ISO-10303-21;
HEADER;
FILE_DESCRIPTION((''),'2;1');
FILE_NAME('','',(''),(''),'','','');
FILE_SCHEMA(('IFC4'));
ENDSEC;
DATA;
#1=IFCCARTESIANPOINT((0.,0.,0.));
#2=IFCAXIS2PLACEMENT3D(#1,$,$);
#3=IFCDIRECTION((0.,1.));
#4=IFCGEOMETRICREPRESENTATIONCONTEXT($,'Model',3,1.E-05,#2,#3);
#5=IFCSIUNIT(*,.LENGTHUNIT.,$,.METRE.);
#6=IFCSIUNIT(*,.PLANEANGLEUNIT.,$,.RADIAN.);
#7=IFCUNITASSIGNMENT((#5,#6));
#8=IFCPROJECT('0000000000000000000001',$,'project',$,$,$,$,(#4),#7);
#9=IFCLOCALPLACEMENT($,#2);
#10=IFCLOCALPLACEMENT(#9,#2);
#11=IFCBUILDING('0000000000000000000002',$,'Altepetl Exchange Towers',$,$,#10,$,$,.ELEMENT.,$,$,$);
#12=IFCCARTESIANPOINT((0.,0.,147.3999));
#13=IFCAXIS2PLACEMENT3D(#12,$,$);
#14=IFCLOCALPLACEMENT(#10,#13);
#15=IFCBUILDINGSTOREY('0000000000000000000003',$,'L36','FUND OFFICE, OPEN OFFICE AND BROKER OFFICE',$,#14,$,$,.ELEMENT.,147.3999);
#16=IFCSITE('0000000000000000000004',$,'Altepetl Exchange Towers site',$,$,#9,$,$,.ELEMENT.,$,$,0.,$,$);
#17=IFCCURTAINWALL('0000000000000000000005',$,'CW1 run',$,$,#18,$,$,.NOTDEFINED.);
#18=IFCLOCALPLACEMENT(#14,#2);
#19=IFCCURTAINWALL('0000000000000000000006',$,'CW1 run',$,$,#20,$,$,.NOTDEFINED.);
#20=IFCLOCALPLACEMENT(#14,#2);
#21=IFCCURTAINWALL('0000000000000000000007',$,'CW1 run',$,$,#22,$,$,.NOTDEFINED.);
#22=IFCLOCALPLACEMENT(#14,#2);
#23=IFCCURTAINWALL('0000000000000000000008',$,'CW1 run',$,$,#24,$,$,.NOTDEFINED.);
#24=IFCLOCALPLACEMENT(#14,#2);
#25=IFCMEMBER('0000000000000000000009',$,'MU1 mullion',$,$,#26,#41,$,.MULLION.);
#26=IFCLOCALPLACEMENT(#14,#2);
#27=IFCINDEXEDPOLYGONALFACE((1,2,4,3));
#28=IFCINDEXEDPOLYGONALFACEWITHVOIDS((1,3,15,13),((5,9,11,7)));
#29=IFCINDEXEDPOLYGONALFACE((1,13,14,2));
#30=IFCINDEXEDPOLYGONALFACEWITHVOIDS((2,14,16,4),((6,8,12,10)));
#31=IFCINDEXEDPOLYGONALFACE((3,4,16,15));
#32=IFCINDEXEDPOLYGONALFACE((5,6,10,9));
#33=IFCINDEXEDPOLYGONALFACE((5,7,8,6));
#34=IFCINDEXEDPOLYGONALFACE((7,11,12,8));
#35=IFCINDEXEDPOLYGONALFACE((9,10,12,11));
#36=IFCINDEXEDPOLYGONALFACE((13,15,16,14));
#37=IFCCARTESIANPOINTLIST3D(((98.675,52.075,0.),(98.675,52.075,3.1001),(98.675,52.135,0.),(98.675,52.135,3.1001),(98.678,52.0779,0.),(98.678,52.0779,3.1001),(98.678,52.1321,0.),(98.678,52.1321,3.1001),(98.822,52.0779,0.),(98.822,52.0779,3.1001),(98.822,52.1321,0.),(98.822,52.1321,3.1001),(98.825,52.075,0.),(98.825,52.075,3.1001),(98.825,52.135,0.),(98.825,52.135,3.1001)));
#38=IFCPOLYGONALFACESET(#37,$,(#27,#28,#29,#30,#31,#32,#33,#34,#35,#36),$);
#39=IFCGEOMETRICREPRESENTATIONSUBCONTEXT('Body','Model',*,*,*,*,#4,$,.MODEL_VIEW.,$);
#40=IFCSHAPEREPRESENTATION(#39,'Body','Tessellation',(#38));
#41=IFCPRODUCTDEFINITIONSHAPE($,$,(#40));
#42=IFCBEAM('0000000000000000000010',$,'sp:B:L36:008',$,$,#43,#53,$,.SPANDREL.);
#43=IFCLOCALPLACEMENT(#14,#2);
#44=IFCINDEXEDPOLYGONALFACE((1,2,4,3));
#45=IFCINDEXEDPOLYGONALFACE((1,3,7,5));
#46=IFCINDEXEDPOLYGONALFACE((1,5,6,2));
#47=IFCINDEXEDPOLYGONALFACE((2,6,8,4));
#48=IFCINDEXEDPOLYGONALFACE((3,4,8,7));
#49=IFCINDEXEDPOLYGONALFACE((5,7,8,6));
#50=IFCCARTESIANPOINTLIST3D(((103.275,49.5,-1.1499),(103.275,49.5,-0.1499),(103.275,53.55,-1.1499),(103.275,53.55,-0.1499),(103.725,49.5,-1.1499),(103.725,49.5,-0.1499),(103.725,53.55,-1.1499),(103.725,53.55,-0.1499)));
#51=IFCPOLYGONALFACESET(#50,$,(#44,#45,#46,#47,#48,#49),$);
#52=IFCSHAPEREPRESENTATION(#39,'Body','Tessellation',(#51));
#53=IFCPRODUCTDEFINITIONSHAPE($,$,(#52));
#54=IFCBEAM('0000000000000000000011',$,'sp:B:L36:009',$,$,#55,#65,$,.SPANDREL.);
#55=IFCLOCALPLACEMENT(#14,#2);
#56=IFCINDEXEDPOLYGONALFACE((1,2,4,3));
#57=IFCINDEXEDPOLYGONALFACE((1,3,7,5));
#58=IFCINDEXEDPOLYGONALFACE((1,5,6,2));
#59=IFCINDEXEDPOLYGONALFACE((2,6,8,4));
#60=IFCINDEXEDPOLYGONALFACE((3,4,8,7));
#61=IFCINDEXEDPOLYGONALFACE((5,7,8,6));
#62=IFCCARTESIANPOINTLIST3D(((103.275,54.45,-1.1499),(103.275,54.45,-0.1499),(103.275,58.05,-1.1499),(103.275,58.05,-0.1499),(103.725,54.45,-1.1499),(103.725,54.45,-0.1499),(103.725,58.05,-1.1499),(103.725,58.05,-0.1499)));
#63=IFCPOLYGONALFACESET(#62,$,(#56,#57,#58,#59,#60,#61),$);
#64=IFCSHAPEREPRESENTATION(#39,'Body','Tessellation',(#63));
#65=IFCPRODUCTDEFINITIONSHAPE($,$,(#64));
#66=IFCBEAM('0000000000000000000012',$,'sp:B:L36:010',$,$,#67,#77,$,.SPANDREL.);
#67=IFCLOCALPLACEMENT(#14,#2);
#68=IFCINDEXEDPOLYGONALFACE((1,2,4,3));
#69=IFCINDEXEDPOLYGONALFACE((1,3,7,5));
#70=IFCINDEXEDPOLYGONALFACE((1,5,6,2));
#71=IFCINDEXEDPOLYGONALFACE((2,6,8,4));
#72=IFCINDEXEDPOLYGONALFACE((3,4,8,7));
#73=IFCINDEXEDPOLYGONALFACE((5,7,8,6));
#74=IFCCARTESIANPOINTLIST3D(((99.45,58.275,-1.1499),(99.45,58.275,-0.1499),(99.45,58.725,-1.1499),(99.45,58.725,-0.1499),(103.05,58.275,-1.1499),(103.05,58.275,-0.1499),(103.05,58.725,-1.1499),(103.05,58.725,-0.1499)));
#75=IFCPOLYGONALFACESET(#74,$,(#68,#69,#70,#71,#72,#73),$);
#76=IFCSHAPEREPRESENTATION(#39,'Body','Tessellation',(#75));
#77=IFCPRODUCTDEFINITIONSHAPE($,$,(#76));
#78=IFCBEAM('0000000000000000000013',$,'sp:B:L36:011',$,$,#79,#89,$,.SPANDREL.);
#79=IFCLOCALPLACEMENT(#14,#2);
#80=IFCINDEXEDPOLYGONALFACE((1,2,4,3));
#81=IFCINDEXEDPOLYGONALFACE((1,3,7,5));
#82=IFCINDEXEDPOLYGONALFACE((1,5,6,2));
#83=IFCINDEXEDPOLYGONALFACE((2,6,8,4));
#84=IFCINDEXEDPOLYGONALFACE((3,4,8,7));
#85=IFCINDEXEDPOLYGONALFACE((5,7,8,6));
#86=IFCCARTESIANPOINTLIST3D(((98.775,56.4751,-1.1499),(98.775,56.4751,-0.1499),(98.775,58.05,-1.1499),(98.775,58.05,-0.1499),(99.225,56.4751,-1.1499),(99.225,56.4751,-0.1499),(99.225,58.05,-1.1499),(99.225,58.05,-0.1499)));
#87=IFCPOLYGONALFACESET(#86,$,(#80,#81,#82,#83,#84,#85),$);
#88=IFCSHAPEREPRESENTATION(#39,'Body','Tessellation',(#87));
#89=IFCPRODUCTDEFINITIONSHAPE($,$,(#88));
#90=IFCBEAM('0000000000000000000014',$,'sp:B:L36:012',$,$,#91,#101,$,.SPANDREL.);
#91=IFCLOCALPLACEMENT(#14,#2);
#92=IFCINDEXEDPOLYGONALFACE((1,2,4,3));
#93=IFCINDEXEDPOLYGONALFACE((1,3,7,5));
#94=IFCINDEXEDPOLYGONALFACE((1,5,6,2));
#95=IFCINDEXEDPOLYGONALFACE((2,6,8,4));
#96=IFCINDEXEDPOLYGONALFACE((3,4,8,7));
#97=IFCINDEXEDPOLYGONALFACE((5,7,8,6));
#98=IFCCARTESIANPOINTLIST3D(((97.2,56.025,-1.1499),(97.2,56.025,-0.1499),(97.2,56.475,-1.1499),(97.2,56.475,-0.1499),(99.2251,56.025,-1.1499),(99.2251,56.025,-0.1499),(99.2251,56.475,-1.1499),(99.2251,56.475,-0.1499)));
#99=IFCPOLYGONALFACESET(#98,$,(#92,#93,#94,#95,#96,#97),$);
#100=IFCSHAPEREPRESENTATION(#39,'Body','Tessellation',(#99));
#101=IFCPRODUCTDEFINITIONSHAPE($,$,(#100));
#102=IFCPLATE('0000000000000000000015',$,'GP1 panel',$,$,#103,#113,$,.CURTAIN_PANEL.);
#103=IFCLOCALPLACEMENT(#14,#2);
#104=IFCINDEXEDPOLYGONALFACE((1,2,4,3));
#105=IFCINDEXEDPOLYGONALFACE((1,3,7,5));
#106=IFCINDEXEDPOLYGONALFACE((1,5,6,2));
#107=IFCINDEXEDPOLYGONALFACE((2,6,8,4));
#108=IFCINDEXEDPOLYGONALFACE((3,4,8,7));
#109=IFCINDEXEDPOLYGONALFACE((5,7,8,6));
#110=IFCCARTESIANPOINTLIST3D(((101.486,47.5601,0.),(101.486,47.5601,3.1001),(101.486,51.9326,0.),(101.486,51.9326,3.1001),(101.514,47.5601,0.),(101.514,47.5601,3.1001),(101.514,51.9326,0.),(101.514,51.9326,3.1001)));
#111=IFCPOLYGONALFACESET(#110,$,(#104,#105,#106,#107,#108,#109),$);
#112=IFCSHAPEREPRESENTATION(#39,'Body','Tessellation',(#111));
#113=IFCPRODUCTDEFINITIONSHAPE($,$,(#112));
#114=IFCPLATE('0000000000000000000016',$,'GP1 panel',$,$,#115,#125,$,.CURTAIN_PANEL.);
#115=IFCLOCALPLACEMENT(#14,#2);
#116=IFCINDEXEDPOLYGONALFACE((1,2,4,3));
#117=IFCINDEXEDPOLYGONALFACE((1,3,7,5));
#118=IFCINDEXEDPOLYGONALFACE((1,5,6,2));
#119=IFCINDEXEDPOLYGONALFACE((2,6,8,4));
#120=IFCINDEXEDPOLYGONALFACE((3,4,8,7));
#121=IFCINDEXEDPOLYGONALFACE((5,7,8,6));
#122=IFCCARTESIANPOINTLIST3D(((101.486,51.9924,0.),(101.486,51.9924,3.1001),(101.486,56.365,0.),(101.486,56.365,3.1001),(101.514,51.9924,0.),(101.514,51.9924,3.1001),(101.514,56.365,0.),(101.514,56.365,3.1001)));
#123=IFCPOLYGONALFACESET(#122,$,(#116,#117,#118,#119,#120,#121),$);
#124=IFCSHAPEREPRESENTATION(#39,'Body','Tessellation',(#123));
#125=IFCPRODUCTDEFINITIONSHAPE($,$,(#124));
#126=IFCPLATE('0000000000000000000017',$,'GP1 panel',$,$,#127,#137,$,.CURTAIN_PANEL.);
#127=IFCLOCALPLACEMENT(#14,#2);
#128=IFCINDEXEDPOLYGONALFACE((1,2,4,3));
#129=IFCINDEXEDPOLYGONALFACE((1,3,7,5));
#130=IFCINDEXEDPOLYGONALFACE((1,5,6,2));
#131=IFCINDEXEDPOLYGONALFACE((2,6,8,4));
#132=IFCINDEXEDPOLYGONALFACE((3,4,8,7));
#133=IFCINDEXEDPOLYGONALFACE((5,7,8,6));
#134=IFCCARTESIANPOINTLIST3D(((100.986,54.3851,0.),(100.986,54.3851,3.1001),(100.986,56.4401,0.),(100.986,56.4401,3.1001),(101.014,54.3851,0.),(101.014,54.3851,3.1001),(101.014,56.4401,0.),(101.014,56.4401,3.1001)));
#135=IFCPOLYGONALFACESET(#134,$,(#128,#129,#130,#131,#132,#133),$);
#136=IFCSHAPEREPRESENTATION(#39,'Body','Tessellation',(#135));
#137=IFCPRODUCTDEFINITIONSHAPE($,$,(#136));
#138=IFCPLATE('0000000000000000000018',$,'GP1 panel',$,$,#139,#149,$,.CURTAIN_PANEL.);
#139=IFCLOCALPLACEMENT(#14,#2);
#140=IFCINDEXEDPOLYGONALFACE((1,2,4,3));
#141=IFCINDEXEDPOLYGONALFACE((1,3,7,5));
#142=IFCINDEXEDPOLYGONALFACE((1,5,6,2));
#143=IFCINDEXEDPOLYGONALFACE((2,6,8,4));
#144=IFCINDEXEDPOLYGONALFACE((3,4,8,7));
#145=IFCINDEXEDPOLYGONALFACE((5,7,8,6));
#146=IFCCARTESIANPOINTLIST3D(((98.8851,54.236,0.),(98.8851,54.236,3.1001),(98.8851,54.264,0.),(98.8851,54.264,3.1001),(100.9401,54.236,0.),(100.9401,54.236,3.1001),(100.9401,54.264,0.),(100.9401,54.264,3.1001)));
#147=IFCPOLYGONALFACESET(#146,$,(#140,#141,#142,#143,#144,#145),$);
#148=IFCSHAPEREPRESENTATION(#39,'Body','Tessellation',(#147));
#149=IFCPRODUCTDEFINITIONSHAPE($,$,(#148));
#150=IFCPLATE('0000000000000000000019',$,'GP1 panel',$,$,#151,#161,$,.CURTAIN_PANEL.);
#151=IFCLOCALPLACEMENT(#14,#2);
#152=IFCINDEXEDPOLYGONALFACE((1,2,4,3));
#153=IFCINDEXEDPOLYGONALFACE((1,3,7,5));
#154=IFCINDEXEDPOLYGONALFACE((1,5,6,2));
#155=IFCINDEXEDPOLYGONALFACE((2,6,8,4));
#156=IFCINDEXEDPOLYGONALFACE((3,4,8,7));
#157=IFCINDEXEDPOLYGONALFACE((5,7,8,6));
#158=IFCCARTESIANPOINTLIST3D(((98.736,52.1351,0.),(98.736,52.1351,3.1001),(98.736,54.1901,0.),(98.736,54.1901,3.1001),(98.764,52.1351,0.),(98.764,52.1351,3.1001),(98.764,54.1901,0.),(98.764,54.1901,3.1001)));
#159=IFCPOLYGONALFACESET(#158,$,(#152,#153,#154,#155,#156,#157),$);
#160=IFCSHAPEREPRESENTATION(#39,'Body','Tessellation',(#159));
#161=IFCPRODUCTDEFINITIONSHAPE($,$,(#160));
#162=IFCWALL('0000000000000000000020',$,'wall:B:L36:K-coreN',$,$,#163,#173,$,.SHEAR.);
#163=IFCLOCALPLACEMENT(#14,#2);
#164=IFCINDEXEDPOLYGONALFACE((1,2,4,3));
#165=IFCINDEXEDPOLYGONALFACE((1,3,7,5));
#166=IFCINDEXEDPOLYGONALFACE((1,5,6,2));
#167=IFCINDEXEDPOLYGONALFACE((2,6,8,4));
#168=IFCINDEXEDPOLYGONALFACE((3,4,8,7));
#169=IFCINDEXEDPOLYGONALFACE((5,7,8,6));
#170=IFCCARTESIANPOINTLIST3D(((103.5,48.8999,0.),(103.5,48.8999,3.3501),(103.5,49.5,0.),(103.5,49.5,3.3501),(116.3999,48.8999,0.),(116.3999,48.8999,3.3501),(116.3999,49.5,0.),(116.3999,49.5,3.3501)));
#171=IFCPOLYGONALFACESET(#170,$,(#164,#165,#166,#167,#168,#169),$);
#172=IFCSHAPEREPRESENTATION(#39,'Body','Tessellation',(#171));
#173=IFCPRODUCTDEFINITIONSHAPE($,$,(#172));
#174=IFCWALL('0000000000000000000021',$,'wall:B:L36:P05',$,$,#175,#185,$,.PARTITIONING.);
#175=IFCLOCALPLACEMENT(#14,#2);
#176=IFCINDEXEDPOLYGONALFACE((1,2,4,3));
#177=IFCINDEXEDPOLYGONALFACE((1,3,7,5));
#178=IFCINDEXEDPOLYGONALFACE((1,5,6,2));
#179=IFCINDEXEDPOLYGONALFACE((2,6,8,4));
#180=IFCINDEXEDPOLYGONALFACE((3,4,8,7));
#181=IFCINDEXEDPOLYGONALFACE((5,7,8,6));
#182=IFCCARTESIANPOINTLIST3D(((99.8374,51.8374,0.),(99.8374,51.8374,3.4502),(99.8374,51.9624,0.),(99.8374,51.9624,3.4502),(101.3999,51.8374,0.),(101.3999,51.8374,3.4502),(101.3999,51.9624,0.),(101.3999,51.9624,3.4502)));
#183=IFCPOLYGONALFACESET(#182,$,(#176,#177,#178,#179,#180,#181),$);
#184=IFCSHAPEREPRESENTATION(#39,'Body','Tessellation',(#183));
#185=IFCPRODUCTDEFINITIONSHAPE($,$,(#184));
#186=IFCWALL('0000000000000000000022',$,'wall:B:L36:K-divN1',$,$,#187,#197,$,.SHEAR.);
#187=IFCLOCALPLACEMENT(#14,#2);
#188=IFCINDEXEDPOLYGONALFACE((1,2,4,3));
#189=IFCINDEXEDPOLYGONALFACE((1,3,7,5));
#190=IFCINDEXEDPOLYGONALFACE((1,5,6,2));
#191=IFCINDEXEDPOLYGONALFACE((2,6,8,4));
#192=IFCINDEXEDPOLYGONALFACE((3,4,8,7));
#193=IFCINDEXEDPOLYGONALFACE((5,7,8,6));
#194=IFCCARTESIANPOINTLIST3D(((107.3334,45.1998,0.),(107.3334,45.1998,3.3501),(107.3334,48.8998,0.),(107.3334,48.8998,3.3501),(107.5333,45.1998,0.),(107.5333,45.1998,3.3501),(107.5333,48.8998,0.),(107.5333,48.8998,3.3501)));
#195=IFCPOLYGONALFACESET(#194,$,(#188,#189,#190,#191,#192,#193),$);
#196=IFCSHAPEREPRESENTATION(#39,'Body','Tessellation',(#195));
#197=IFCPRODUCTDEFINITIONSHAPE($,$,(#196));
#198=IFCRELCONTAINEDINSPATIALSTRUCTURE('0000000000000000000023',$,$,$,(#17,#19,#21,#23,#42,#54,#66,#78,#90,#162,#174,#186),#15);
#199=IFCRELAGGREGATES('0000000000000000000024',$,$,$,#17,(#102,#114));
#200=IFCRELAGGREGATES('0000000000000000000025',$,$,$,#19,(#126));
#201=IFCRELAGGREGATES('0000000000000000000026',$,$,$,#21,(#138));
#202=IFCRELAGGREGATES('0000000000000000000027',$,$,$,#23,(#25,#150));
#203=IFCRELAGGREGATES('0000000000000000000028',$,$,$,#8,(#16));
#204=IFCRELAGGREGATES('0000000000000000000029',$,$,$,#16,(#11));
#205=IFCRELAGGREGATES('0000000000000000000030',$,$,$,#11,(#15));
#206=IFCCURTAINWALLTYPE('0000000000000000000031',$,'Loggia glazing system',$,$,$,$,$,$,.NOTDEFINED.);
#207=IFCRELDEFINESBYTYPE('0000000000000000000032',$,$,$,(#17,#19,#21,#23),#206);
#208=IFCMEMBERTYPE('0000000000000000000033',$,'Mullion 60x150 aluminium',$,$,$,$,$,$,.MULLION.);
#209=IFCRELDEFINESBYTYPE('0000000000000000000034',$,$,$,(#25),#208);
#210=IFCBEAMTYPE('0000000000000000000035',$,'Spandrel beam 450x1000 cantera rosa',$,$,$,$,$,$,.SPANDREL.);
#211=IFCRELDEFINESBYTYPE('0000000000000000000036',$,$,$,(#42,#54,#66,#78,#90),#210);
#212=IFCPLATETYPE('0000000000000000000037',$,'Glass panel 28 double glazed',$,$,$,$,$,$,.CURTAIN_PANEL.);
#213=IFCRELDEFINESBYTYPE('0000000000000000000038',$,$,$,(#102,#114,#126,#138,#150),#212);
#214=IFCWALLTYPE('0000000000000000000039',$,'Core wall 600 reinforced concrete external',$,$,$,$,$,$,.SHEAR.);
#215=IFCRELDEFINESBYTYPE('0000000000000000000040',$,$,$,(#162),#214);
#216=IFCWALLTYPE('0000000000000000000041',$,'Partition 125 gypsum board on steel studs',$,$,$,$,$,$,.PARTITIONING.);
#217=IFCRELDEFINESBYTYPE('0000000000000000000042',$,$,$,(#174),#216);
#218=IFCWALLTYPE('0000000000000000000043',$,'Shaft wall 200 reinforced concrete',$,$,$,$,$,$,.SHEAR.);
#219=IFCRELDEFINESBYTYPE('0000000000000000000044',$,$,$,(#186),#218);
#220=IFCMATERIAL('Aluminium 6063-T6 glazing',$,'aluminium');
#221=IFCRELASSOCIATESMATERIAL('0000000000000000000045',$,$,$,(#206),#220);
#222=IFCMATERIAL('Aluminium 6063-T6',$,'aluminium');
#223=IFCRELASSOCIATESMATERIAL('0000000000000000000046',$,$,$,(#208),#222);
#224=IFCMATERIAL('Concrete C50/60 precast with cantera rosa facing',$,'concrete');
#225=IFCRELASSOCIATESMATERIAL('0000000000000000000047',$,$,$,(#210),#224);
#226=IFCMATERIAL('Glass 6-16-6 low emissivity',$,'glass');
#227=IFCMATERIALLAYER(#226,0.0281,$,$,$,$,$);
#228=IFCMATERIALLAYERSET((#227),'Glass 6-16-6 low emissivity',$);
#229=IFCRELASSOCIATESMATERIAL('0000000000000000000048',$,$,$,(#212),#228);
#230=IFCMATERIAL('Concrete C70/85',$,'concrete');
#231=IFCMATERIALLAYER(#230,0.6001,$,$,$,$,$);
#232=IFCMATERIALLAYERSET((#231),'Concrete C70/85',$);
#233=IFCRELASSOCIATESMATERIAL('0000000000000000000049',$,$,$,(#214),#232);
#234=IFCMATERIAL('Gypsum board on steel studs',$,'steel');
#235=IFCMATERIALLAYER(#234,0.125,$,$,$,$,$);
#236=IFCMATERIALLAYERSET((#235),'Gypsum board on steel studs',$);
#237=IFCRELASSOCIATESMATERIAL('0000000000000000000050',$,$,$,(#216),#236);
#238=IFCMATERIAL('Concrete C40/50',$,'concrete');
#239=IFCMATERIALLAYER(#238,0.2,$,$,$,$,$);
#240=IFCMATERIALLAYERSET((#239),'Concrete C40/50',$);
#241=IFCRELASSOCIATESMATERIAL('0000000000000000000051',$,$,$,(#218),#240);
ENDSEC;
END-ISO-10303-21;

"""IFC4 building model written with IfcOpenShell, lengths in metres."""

from ifc_helpers import new_model, si_unit, direction, frame, frame_2d, origin, origin_2d, place, context, subcontext, project, spatial, rectangle, hollow_rectangle, extrude, material, layer, layer_set, material_profile, profile_set, type_object, element, aggregate, save


model = new_model("IFC4")

# Units and contexts
model_context = context("Model", 3, precision=1e-05, world=origin(), true_north=direction((0.0, 1.0)))
body_context = subcontext(model_context, "Body", "Model", "MODEL_VIEW")
ifc_project = project(units=[si_unit("LENGTHUNIT", "METRE"), si_unit("PLANEANGLEUNIT", "RADIAN")], contexts=[model_context])

# Site, building, storey
site_placement = place(None, origin())
site = spatial("IfcSite", under=ifc_project, at=site_placement, Name="Altepetl Exchange Towers site", CompositionType="ELEMENT", RefElevation=0.0)
building_placement = place(site_placement, origin())
building = spatial("IfcBuilding", under=site, at=building_placement, Name="Altepetl Exchange Towers", CompositionType="ELEMENT")
storey_placement = place(building_placement, frame((0.0, 0.0, 147.3999)))
storey = spatial("IfcBuildingStorey", under=building, at=storey_placement, Name="L36", Description="FUND OFFICE, OPEN OFFICE AND BROKER OFFICE", CompositionType="ELEMENT", Elevation=147.3999)

# Shared definitions
ifc_material_1 = material(Name="Aluminium 6063-T6 glazing", Category="aluminium")
curtain_wall_type = type_object("IfcCurtainWallType", Name="Loggia glazing system", PredefinedType="NOTDEFINED", material=ifc_material_1)
ifc_material_2 = material(Name="Aluminium 6063-T6", Category="aluminium")
ifc_material_profile_1 = material_profile(ifc_material_2, hollow_rectangle(XDim=0.0601, YDim=0.1499, WallThickness=0.0029, at=origin_2d()), Name="Mullion 60x150 aluminium")
ifc_profile_set_1 = profile_set([ifc_material_profile_1], Name="Aluminium 6063-T6")
member_type = type_object("IfcMemberType", Name="Mullion 60x150 aluminium", PredefinedType="MULLION", material=ifc_profile_set_1)

# Curtain walls, member
curtain_wall_1_placement = place(storey_placement, origin())
curtain_wall_1 = element("IfcCurtainWall", 1, at=curtain_wall_1_placement, inside=storey, type_object=curtain_wall_type, Name="CW1 run", PredefinedType="NOTDEFINED")
curtain_wall_2_placement = place(storey_placement, origin())
curtain_wall_2 = element("IfcCurtainWall", 2, at=curtain_wall_2_placement, inside=storey, type_object=curtain_wall_type, Name="CW1 run", PredefinedType="NOTDEFINED")
curtain_wall_3_placement = place(storey_placement, origin())
curtain_wall_3 = element("IfcCurtainWall", 3, at=curtain_wall_3_placement, inside=storey, type_object=curtain_wall_type, Name="CW1 run", PredefinedType="NOTDEFINED")
curtain_wall_4_placement = place(storey_placement, origin())
curtain_wall_4 = element("IfcCurtainWall", 4, at=curtain_wall_4_placement, inside=storey, type_object=curtain_wall_type, Name="CW1 run", PredefinedType="NOTDEFINED")
member_1_placement = place(storey_placement, frame((98.75, 52.105, 0.0), z_axis=(0.0, 0.0, 1.0), x_axis=(0.0, -1.0, 0.0)))
member_1 = element("IfcMember", 5, at=member_1_placement, type_object=member_type, Name="MU1 mullion", PredefinedType="MULLION", context=body_context, shape_type="SweptSolid", body=[
    extrude(hollow_rectangle(XDim=0.0601, YDim=0.1499, WallThickness=0.0029, at=origin_2d()), origin(), (0.0, 0.0, 1.0), 3.1001),
])

# Beams
ifc_material_3 = material(Name="Concrete C50/60 precast with cantera rosa facing", Category="concrete")
ifc_material_profile_2 = material_profile(ifc_material_3, rectangle(XDim=0.45, YDim=1.0, at=origin_2d()), Name="450 x 1000")
ifc_profile_set_2 = profile_set([ifc_material_profile_2], Name="Concrete C50/60 precast with cantera rosa facing")
beam_type = type_object("IfcBeamType", Name="Spandrel beam 450x1000 cantera rosa", PredefinedType="SPANDREL", material=ifc_profile_set_2)
beam_1_placement = place(storey_placement, frame((103.5, 49.5, -0.6499), z_axis=(0.0, 1.0, 0.0), x_axis=(-1.0, 0.0, 0.0)))
element("IfcBeam", 6, at=beam_1_placement, inside=storey, type_object=beam_type, Name="sp:B:L36:008", PredefinedType="SPANDREL", context=body_context, shape_type="SweptSolid", body=[
    extrude(rectangle(XDim=0.45, YDim=1.0, at=origin_2d()), origin(), (0.0, 0.0, 1.0), 4.05),
])
for number, where, z_axis, x_axis, name in (
    (7, (103.5, 54.45, -0.6499), (0.0, 1.0, 0.0), (-1.0, 0.0, 0.0), "sp:B:L36:009"),
    (8, (103.05, 58.5, -0.6499), (-1.0, 0.0, 0.0), (0.0, -1.0, 0.0), "sp:B:L36:010"),
):
    element("IfcBeam", number, at=place(storey_placement, frame(where, z_axis=z_axis, x_axis=x_axis)), inside=storey, type_object=beam_type, Name=name, PredefinedType="SPANDREL", context=body_context, shape_type="SweptSolid", body=[
        extrude(rectangle(XDim=0.45, YDim=1.0, at=origin_2d()), origin(), (0.0, 0.0, 1.0), 3.6001),
    ])
beam_2_placement = place(storey_placement, frame((99.0, 58.05, -0.6499), z_axis=(0.0, -1.0, 0.0), x_axis=(1.0, 0.0, 0.0)))
element("IfcBeam", 9, at=beam_2_placement, inside=storey, type_object=beam_type, Name="sp:B:L36:011", PredefinedType="SPANDREL", context=body_context, shape_type="SweptSolid", body=[
    extrude(rectangle(XDim=0.45, YDim=1.0, at=origin_2d()), origin(), (0.0, 0.0, 1.0), 1.575),
])
beam_3_placement = place(storey_placement, frame((99.2251, 56.25, -0.6499), z_axis=(-1.0, 0.0, 0.0), x_axis=(0.0, -1.0, 0.0)))
element("IfcBeam", 10, at=beam_3_placement, inside=storey, type_object=beam_type, Name="sp:B:L36:012", PredefinedType="SPANDREL", context=body_context, shape_type="SweptSolid", body=[
    extrude(rectangle(XDim=0.45, YDim=1.0, at=origin_2d()), origin(), (0.0, 0.0, 1.0), 2.0251),
])

# Plates
ifc_material_4 = material(Name="Glass 6-16-6 low emissivity", Category="glass")
ifc_layer_1 = layer(ifc_material_4, 0.0281)
ifc_layer_set_1 = layer_set([ifc_layer_1], Name="Glass 6-16-6 low emissivity")
plate_type = type_object("IfcPlateType", Name="Glass panel 28 double glazed", PredefinedType="CURTAIN_PANEL", material=ifc_layer_set_1)
plate_1_placement = place(storey_placement, frame((101.5, 49.7463, 0.0), z_axis=(0.0, 0.0, 1.0), x_axis=(0.0, 1.0, 0.0)))
plate_1 = element("IfcPlate", 11, at=plate_1_placement, type_object=plate_type, Name="GP1 panel", PredefinedType="CURTAIN_PANEL", context=body_context, shape_type="SweptSolid", body=[
    extrude(rectangle(XDim=4.3726, YDim=0.0281, at=origin_2d()), origin(), (0.0, 0.0, 1.0), 3.1001),
])
plate_2_placement = place(storey_placement, frame((101.5, 54.1787, 0.0), z_axis=(0.0, 0.0, 1.0), x_axis=(0.0, 1.0, 0.0)))
plate_2 = element("IfcPlate", 12, at=plate_2_placement, type_object=plate_type, Name="GP1 panel", PredefinedType="CURTAIN_PANEL", context=body_context, shape_type="SweptSolid", body=[
    extrude(rectangle(XDim=4.3726, YDim=0.0281, at=origin_2d()), origin(), (0.0, 0.0, 1.0), 3.1001),
])
aggregate(curtain_wall_1, [plate_1, plate_2])
plate_3_placement = place(storey_placement, frame((101.0, 55.4126, 0.0), z_axis=(0.0, 0.0, 1.0), x_axis=(0.0, -1.0, 0.0)))
plate_3 = element("IfcPlate", 13, at=plate_3_placement, type_object=plate_type, Name="GP1 panel", PredefinedType="CURTAIN_PANEL", context=body_context, shape_type="SweptSolid", body=[
    extrude(rectangle(XDim=2.0549, YDim=0.0281, at=origin_2d()), origin(), (0.0, 0.0, 1.0), 3.1001),
])
aggregate(curtain_wall_2, [plate_3])
plate_4_placement = place(storey_placement, frame((99.9126, 54.25, 0.0), z_axis=(0.0, 0.0, 1.0), x_axis=(-1.0, 0.0, 0.0)))
plate_4 = element("IfcPlate", 14, at=plate_4_placement, type_object=plate_type, Name="GP1 panel", PredefinedType="CURTAIN_PANEL", context=body_context, shape_type="SweptSolid", body=[
    extrude(rectangle(XDim=2.0549, YDim=0.0281, at=origin_2d()), origin(), (0.0, 0.0, 1.0), 3.1001),
])
aggregate(curtain_wall_3, [plate_4])
plate_5_placement = place(storey_placement, frame((98.75, 53.1626, 0.0), z_axis=(0.0, 0.0, 1.0), x_axis=(0.0, -1.0, 0.0)))
plate_5 = element("IfcPlate", 15, at=plate_5_placement, type_object=plate_type, Name="GP1 panel", PredefinedType="CURTAIN_PANEL", context=body_context, shape_type="SweptSolid", body=[
    extrude(rectangle(XDim=2.0549, YDim=0.0281, at=origin_2d()), origin(), (0.0, 0.0, 1.0), 3.1001),
])
aggregate(curtain_wall_4, [member_1, plate_5])

# Walls
ifc_material_5 = material(Name="Concrete C70/85", Category="concrete")
ifc_layer_2 = layer(ifc_material_5, 0.6001)
ifc_layer_set_2 = layer_set([ifc_layer_2], Name="Concrete C70/85")
wall_type_1 = type_object("IfcWallType", Name="Core wall 600 reinforced concrete external", PredefinedType="SHEAR", material=ifc_layer_set_2)
wall_1_placement = place(storey_placement, frame((103.5, 49.2, 0.0)))
element("IfcWall", 16, at=wall_1_placement, inside=storey, type_object=wall_type_1, Name="wall:B:L36:K-coreN", PredefinedType="SHEAR", context=body_context, shape_type="SweptSolid", body=[
    extrude(rectangle(XDim=12.8999, YDim=0.6001, at=frame_2d((6.45, 0.0))), origin(), (0.0, 0.0, 1.0), 3.3501),
])
ifc_material_6 = material(Name="Gypsum board on steel studs", Category="steel")
ifc_layer_3 = layer(ifc_material_6, 0.125)
ifc_layer_set_3 = layer_set([ifc_layer_3], Name="Gypsum board on steel studs")
wall_type_2 = type_object("IfcWallType", Name="Partition 125 gypsum board on steel studs", PredefinedType="PARTITIONING", material=ifc_layer_set_3)
wall_2_placement = place(storey_placement, frame((99.8374, 51.8999, 0.0)))
element("IfcWall", 17, at=wall_2_placement, inside=storey, type_object=wall_type_2, Name="wall:B:L36:P05", PredefinedType="PARTITIONING", context=body_context, shape_type="SweptSolid", body=[
    extrude(rectangle(XDim=1.5625, YDim=0.125, at=frame_2d((0.7812, 0.0))), origin(), (0.0, 0.0, 1.0), 3.4502),
])
ifc_material_7 = material(Name="Concrete C40/50", Category="concrete")
ifc_layer_4 = layer(ifc_material_7, 0.2)
ifc_layer_set_4 = layer_set([ifc_layer_4], Name="Concrete C40/50")
wall_type_3 = type_object("IfcWallType", Name="Shaft wall 200 reinforced concrete", PredefinedType="SHEAR", material=ifc_layer_set_4)
wall_3_placement = place(storey_placement, frame((107.4333, 48.8999, 0.0), z_axis=(0.0, 0.0, 1.0), x_axis=(0.0, -1.0, 0.0)))
element("IfcWall", 18, at=wall_3_placement, inside=storey, type_object=wall_type_3, Name="wall:B:L36:K-divN1", PredefinedType="SHEAR", context=body_context, shape_type="SweptSolid", body=[
    extrude(rectangle(XDim=3.7, YDim=0.2, at=frame_2d((1.8501, 0.0))), origin(), (0.0, 0.0, 1.0), 3.3501),
])

save(model, "model.ifc")
